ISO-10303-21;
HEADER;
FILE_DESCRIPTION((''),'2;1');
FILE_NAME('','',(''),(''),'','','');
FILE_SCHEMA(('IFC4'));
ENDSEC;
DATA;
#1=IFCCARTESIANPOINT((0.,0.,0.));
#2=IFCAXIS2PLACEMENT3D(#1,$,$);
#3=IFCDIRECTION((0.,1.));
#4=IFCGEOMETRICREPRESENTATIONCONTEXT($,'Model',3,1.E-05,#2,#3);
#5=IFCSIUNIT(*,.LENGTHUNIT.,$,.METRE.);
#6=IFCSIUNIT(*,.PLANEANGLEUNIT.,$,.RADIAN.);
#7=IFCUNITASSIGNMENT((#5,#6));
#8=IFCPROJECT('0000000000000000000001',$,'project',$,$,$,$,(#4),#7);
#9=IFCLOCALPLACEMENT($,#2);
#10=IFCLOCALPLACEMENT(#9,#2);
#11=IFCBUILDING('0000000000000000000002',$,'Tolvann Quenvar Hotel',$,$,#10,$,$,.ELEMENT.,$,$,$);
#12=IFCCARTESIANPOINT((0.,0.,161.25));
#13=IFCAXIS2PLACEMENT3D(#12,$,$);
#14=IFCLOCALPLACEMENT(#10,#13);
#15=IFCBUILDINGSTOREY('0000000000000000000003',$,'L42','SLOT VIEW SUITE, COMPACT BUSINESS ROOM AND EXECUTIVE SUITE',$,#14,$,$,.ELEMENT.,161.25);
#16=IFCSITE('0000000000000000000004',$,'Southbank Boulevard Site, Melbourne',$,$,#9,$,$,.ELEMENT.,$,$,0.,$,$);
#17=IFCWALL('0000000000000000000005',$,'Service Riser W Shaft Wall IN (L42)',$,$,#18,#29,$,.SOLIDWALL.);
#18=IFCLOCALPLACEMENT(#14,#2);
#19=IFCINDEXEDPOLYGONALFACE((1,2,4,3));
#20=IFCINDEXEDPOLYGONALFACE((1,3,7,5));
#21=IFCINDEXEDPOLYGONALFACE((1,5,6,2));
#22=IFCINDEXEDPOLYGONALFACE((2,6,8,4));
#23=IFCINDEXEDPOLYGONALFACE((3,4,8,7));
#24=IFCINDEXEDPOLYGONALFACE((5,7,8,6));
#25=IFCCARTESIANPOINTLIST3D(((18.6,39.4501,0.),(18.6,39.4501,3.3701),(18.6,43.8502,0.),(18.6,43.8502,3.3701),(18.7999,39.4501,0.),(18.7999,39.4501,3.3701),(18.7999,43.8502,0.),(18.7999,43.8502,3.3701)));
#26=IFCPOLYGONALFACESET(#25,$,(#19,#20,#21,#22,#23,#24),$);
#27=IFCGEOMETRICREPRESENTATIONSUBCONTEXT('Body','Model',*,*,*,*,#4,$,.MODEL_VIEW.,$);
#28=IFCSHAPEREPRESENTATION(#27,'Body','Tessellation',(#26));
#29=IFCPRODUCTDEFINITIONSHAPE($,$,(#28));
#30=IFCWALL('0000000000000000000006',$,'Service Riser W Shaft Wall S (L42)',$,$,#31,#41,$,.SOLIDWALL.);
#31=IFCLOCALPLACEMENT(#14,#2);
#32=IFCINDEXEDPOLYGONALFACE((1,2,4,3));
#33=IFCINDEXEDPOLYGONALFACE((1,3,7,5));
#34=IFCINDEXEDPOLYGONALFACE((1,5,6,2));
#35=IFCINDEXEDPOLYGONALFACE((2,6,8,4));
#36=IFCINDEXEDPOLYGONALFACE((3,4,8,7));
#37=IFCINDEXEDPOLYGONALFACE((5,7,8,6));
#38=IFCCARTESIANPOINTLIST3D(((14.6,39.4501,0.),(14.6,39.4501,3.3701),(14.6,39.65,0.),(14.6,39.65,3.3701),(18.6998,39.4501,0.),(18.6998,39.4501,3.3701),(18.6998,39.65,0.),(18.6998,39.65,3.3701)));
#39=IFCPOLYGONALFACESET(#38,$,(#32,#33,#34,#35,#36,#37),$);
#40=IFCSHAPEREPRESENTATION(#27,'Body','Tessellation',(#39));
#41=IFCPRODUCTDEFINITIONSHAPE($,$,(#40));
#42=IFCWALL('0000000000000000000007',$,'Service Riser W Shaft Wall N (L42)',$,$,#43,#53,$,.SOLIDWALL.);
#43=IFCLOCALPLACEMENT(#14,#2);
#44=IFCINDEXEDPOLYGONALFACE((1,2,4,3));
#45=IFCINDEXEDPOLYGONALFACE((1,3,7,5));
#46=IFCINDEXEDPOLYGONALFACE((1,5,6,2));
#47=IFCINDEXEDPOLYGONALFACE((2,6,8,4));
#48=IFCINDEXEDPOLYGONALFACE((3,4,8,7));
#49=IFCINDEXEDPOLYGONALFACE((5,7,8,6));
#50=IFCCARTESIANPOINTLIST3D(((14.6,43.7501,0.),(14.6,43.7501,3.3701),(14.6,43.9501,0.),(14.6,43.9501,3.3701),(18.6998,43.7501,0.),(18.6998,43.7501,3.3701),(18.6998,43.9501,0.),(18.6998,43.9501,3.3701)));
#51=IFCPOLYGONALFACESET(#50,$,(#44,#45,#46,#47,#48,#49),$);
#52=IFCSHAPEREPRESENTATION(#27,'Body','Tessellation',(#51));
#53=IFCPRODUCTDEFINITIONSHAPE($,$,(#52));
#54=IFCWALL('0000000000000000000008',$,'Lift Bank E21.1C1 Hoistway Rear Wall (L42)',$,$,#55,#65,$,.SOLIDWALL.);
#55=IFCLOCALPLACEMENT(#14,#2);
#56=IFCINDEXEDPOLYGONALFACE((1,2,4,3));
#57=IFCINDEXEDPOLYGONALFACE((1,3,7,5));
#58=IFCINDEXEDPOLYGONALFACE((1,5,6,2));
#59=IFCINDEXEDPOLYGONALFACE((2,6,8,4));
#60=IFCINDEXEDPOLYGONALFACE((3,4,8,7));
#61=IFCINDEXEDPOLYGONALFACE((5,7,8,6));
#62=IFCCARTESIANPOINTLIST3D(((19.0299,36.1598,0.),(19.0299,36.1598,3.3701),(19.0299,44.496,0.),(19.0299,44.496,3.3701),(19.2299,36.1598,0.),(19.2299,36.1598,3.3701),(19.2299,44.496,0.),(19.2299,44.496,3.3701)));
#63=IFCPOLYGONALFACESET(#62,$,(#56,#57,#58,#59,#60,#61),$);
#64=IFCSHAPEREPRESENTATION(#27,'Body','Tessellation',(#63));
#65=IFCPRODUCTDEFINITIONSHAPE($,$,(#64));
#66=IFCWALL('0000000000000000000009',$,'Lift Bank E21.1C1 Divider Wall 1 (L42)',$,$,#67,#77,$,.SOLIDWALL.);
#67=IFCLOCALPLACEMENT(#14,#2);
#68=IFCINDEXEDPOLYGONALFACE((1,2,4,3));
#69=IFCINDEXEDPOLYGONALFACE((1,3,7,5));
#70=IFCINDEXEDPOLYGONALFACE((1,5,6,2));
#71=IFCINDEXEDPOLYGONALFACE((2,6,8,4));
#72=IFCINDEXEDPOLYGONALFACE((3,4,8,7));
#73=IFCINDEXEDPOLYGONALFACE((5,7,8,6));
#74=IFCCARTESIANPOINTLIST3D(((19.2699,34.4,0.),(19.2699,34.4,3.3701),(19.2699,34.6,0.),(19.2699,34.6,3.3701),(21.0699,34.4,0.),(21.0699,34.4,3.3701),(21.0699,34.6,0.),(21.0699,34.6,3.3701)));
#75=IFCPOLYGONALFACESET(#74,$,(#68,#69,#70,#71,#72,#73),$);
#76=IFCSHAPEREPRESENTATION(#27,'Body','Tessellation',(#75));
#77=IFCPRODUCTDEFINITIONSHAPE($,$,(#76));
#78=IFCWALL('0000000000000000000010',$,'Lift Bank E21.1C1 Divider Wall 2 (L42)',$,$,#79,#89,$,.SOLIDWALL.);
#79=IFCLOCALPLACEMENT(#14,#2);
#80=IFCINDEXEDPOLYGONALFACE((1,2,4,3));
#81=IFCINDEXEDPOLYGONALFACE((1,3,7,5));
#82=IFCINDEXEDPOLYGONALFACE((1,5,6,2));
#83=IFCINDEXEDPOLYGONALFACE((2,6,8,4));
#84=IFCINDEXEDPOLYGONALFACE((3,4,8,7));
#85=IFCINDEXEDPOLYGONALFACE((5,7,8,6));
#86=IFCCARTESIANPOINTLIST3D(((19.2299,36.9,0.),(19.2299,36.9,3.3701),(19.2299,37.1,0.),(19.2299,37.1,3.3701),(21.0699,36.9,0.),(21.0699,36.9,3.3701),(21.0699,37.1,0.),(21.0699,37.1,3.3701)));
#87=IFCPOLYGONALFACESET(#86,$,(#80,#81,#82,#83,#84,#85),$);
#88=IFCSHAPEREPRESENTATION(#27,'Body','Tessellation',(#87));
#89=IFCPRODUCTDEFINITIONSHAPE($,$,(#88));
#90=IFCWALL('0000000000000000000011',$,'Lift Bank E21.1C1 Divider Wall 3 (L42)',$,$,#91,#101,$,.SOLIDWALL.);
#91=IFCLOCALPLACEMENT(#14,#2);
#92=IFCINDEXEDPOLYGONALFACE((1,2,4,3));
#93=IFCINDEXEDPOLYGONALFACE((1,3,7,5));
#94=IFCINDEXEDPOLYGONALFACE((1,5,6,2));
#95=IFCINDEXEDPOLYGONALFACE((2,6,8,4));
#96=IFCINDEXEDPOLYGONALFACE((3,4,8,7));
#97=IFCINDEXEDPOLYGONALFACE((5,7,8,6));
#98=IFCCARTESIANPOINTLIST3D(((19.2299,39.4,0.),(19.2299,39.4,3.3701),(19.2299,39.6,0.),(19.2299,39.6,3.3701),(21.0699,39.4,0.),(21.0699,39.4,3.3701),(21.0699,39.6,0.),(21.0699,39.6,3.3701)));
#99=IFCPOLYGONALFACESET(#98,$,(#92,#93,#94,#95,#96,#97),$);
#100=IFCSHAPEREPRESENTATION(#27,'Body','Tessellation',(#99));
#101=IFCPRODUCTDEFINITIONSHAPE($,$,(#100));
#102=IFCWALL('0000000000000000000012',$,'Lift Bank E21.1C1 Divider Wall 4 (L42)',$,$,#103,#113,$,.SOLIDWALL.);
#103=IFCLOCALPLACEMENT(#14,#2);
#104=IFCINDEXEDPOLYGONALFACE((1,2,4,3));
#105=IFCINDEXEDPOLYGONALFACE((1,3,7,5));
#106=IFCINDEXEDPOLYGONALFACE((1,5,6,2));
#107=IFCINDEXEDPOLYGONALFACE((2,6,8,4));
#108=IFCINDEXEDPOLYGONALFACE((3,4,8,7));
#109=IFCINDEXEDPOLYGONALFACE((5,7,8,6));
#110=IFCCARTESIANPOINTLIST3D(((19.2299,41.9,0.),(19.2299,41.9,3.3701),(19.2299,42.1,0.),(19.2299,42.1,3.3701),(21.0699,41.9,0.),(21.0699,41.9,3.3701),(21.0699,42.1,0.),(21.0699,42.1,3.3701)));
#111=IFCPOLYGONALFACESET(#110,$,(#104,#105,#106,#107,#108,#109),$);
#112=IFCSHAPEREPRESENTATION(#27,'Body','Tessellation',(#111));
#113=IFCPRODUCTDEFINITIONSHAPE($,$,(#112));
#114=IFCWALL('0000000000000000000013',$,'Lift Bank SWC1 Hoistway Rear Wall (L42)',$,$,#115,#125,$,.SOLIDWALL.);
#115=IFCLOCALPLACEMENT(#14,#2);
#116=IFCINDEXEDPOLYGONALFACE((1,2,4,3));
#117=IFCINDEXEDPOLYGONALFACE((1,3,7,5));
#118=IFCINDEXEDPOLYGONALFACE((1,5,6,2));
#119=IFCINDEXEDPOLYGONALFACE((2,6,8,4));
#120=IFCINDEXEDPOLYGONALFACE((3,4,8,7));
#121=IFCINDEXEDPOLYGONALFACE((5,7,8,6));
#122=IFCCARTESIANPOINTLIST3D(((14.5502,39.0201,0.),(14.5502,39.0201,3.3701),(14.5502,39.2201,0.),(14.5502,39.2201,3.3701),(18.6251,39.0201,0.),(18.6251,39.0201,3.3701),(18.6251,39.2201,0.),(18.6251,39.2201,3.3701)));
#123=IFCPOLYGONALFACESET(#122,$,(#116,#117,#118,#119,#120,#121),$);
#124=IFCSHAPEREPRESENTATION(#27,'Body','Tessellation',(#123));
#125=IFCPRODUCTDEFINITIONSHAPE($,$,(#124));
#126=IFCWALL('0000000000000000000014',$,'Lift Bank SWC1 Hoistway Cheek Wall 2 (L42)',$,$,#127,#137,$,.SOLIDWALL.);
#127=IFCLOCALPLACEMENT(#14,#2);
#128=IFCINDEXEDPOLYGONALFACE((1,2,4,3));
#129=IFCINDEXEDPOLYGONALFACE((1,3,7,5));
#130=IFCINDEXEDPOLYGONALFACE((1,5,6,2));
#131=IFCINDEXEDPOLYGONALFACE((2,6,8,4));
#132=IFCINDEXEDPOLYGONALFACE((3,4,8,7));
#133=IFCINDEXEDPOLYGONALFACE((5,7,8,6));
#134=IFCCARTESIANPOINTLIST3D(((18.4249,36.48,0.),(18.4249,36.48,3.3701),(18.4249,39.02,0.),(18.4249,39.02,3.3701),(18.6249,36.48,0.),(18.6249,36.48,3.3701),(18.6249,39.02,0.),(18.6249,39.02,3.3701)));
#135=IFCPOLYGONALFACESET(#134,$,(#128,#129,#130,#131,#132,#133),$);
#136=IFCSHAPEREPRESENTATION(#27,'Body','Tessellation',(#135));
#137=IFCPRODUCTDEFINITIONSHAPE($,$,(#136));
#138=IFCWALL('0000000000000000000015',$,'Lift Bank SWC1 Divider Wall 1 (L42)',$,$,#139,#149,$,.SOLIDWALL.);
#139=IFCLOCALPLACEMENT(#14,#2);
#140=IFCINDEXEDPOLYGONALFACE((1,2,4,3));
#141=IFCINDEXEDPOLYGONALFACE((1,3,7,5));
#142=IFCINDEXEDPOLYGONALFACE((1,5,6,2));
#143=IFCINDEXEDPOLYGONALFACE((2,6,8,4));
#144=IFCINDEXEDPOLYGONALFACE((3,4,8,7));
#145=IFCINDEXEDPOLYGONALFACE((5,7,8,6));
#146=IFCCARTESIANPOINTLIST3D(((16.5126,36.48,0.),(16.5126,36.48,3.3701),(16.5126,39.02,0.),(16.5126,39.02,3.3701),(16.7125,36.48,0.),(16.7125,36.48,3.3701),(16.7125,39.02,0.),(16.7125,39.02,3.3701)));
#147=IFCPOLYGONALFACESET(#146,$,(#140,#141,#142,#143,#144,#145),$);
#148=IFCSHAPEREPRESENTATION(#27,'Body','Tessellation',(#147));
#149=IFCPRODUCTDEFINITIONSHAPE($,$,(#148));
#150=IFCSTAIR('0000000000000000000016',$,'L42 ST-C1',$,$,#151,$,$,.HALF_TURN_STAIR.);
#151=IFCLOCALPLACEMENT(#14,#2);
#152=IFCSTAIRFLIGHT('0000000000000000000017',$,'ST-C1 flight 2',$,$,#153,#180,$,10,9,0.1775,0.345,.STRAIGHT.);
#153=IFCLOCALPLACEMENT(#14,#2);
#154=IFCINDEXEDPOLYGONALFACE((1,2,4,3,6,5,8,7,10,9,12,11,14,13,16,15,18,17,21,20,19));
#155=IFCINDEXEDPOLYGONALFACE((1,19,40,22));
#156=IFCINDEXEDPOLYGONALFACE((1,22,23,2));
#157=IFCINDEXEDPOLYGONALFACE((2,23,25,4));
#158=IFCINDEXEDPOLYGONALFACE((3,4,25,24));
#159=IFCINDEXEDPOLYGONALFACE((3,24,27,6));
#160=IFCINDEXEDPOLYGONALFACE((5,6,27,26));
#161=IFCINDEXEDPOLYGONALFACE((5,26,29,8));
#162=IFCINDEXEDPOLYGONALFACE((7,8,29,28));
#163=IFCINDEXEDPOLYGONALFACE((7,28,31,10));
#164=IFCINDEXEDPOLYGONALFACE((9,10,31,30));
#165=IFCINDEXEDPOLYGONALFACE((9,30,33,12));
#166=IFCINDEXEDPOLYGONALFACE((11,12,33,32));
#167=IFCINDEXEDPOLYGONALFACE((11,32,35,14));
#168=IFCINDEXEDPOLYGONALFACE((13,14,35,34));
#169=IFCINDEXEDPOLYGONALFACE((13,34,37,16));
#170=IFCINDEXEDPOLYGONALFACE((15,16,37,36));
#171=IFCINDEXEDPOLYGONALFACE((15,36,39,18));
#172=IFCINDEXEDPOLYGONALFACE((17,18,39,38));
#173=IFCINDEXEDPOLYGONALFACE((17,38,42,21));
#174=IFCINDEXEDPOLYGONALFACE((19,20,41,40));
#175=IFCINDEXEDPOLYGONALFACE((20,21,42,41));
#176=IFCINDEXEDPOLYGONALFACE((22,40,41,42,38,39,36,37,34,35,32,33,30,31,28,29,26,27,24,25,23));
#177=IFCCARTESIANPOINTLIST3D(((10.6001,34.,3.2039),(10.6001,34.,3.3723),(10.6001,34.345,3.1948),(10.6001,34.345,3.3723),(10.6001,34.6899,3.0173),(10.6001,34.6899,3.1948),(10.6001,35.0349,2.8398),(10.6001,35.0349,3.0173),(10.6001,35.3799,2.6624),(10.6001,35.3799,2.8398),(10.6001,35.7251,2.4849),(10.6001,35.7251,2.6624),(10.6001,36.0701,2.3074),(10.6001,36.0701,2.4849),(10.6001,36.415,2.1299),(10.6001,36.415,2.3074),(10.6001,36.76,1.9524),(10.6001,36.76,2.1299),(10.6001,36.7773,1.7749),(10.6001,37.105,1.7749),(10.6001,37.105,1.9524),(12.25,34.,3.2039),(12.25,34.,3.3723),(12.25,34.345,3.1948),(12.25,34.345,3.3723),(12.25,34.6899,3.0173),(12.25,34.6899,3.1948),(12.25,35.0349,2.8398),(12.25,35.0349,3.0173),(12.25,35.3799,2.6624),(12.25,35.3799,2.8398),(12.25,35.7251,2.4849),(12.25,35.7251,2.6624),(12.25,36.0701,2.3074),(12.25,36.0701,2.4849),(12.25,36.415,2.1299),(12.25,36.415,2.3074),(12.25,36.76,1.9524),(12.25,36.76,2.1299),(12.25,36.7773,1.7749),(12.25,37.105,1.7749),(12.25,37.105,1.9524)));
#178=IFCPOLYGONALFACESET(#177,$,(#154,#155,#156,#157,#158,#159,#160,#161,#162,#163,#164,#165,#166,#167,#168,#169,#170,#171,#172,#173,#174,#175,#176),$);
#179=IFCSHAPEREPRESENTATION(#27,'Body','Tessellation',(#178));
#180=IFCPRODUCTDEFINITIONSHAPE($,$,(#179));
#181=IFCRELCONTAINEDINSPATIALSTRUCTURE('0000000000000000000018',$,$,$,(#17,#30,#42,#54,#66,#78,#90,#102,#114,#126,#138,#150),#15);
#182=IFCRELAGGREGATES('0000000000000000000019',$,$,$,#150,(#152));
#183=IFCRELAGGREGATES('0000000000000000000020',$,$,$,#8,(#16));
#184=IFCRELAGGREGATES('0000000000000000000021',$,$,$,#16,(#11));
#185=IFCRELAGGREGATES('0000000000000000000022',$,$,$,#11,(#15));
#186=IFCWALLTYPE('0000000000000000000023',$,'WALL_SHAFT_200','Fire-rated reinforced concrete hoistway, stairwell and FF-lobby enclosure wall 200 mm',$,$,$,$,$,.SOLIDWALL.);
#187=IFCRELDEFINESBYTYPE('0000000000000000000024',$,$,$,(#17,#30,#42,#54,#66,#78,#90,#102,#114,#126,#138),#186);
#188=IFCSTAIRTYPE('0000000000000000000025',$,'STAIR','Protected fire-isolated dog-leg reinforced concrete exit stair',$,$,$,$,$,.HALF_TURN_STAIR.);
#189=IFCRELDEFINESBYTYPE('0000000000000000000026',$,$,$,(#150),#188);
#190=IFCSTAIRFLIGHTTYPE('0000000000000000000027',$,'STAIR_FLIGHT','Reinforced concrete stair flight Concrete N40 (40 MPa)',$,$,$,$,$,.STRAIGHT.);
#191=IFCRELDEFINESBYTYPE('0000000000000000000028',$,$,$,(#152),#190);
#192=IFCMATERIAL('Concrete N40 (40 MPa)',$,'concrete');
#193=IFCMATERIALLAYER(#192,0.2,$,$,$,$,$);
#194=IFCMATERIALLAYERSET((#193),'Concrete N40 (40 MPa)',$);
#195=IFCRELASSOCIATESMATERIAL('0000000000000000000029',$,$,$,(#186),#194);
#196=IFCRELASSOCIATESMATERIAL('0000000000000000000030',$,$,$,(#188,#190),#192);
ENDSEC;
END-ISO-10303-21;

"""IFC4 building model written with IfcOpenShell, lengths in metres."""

from ifc_helpers import new_model, si_unit, direction, frame, frame_2d, origin, place, context, subcontext, project, spatial, polyline, rectangle, outline, extrude, material, layer, layer_set, type_object, element, aggregate, save


model = new_model("IFC4")

# Units and contexts
model_context = context("Model", 3, precision=1e-05, world=origin(), true_north=direction((0.0, 1.0)))
body_context = subcontext(model_context, "Body", "Model", "MODEL_VIEW")
ifc_project = project(units=[si_unit("LENGTHUNIT", "METRE"), si_unit("PLANEANGLEUNIT", "RADIAN")], contexts=[model_context])

# Site, building, storey
site_placement = place(None, origin())
site = spatial("IfcSite", under=ifc_project, at=site_placement, Name="Southbank Boulevard Site, Melbourne", CompositionType="ELEMENT", RefElevation=0.0)
building_placement = place(site_placement, origin())
building = spatial("IfcBuilding", under=site, at=building_placement, Name="Tolvann Quenvar Hotel", CompositionType="ELEMENT")
storey_placement = place(building_placement, frame((0.0, 0.0, 161.25)))
storey = spatial("IfcBuildingStorey", under=building, at=storey_placement, Name="L42", Description="SLOT VIEW SUITE, COMPACT BUSINESS ROOM AND EXECUTIVE SUITE", CompositionType="ELEMENT", Elevation=161.25)

# Walls
ifc_material_1 = material(Name="Concrete N40 (40 MPa)", Category="concrete")
ifc_layer = layer(ifc_material_1, 0.2)
ifc_layer_set = layer_set([ifc_layer], Name="Concrete N40 (40 MPa)")
wall_type = type_object("IfcWallType", Name="WALL_SHAFT_200", Description="Fire-rated reinforced concrete hoistway, stairwell and FF-lobby enclosure wall 200 mm", PredefinedType="SOLIDWALL", material=ifc_layer_set)
wall_1_placement = place(storey_placement, frame((18.7, 39.45, 0.0), z_axis=(0.0, 0.0, 1.0), x_axis=(0.0, 1.0, 0.0)))
element("IfcWall", 1, at=wall_1_placement, inside=storey, type_object=wall_type, Name="Service Riser W Shaft Wall IN (L42)", PredefinedType="SOLIDWALL", context=body_context, shape_type="SweptSolid", body=[
    extrude(rectangle(XDim=4.4001, YDim=0.2, at=frame_2d((2.2002, 0.0))), origin(), (0.0, 0.0, 1.0), 3.3701),
])
for number, where, z_axis, x_axis, name in (
    (2, (14.6001, 39.55, 0.0), (0.0, 0.0, 1.0), (1.0, 0.0, 0.0), "Service Riser W Shaft Wall S (L42)"),
    (3, (14.6001, 43.8501, 0.0), (0.0, 0.0, 1.0), (1.0, 0.0, 0.0), "Service Riser W Shaft Wall N (L42)"),
):
    element("IfcWall", number, at=place(storey_placement, frame(where, z_axis=z_axis, x_axis=x_axis)), inside=storey, type_object=wall_type, Name=name, PredefinedType="SOLIDWALL", context=body_context, shape_type="SweptSolid", body=[
        extrude(rectangle(XDim=4.0999, YDim=0.2, at=frame_2d((2.0498, 0.0))), origin(), (0.0, 0.0, 1.0), 3.3701),
    ])
wall_2_placement = place(storey_placement, frame((19.1299, 36.1599, 0.0), z_axis=(0.0, 0.0, 1.0), x_axis=(0.0, 1.0, 0.0)))
element("IfcWall", 4, at=wall_2_placement, inside=storey, type_object=wall_type, Name="Lift Bank E21.1C1 Hoistway Rear Wall (L42)", PredefinedType="SOLIDWALL", context=body_context, shape_type="SweptSolid", body=[
    extrude(rectangle(XDim=8.3362, YDim=0.2, at=frame_2d((4.168, 0.0))), origin(), (0.0, 0.0, 1.0), 3.3701),
])
wall_3_placement = place(storey_placement, frame((19.27, 34.5, 0.0), z_axis=(0.0, 0.0, 1.0), x_axis=(1.0, 0.0, 0.0)))
element("IfcWall", 5, at=wall_3_placement, inside=storey, type_object=wall_type, Name="Lift Bank E21.1C1 Divider Wall 1 (L42)", PredefinedType="SOLIDWALL", context=body_context, shape_type="SweptSolid", body=[
    extrude(rectangle(XDim=1.8, YDim=0.2, at=frame_2d((0.8999, 0.0))), origin(), (0.0, 0.0, 1.0), 3.3701),
])
for number, where, z_axis, x_axis, name in (
    (6, (19.23, 37.0, 0.0), (0.0, 0.0, 1.0), (1.0, 0.0, 0.0), "Lift Bank E21.1C1 Divider Wall 2 (L42)"),
    (7, (19.23, 39.5, 0.0), (0.0, 0.0, 1.0), (1.0, 0.0, 0.0), "Lift Bank E21.1C1 Divider Wall 3 (L42)"),
    (8, (19.23, 42.0, 0.0), (0.0, 0.0, 1.0), (1.0, 0.0, 0.0), "Lift Bank E21.1C1 Divider Wall 4 (L42)"),
):
    element("IfcWall", number, at=place(storey_placement, frame(where, z_axis=z_axis, x_axis=x_axis)), inside=storey, type_object=wall_type, Name=name, PredefinedType="SOLIDWALL", context=body_context, shape_type="SweptSolid", body=[
        extrude(rectangle(XDim=1.8401, YDim=0.2, at=frame_2d((0.9199, 0.0))), origin(), (0.0, 0.0, 1.0), 3.3701),
    ])

# Walls
wall_4_placement = place(storey_placement, frame((14.55, 39.1201, 0.0), z_axis=(0.0, 0.0, 1.0), x_axis=(1.0, 0.0, 0.0)))
element("IfcWall", 9, at=wall_4_placement, inside=storey, type_object=wall_type, Name="Lift Bank SWC1 Hoistway Rear Wall (L42)", PredefinedType="SOLIDWALL", context=body_context, shape_type="SweptSolid", body=[
    extrude(rectangle(XDim=4.075, YDim=0.2, at=frame_2d((2.0376, 0.0))), origin(), (0.0, 0.0, 1.0), 3.3701),
])
for number, where, z_axis, x_axis, name in (
    (10, (18.5249, 36.48, 0.0), (0.0, 0.0, 1.0), (0.0, 1.0, 0.0), "Lift Bank SWC1 Hoistway Cheek Wall 2 (L42)"),
    (11, (16.6125, 36.48, 0.0), (0.0, 0.0, 1.0), (0.0, 1.0, 0.0), "Lift Bank SWC1 Divider Wall 1 (L42)"),
):
    element("IfcWall", number, at=place(storey_placement, frame(where, z_axis=z_axis, x_axis=x_axis)), inside=storey, type_object=wall_type, Name=name, PredefinedType="SOLIDWALL", context=body_context, shape_type="SweptSolid", body=[
        extrude(rectangle(XDim=2.54, YDim=0.2, at=frame_2d((1.27, 0.0))), origin(), (0.0, 0.0, 1.0), 3.3701),
    ])

# Stair, stair flight
stair_type = type_object("IfcStairType", Name="STAIR", Description="Protected fire-isolated dog-leg reinforced concrete exit stair", PredefinedType="HALF_TURN_STAIR", material=ifc_material_1)
stair_placement = place(storey_placement, origin())
stair = element("IfcStair", 12, at=stair_placement, inside=storey, type_object=stair_type, Name="L42 ST-C1", PredefinedType="HALF_TURN_STAIR")
stair_flight_type = type_object("IfcStairFlightType", Name="STAIR_FLIGHT", Description="Reinforced concrete stair flight Concrete N40 (40 MPa)", PredefinedType="STRAIGHT", material=ifc_material_1)
stair_flight_placement = place(storey_placement, frame((11.425, 37.105, 1.7749), z_axis=(0.0, 0.0, 1.0), x_axis=(0.0, -1.0, 0.0)))
stair_flight = element("IfcStairFlight", 13, at=stair_flight_placement, type_object=stair_flight_type, Name="ST-C1 flight 2", NumberOfRisers=10, NumberOfTreads=9, PredefinedType="STRAIGHT", RiserHeight=0.1775, TreadLength=0.345, context=body_context, shape_type="SweptSolid", body=[
    extrude(outline(polyline([(0.0, 0.0), (0.0, 0.1775), (0.345, 0.1775), (0.345, 0.355), (0.6899, 0.355), (0.6899, 0.5325), (1.0349, 0.5325), (1.0349, 0.71), (1.3799, 0.71), (1.3799, 0.8875), (1.7251, 0.8875), (1.7251, 1.0649), (2.0701, 1.0649), (2.0701, 1.2424), (2.415, 1.2424), (2.415, 1.4199), (2.76, 1.4199), (2.76, 1.5974), (3.105, 1.5974), (3.105, 1.7749), (3.105, 1.429), (0.3276, 0.0), (0.0, 0.0)])), frame((0.0, 0.825, 0.0), z_axis=(0.0, -1.0, 0.0), x_axis=(1.0, 0.0, 0.0)), (0.0, 0.0, 1.0), 1.6499),
])
aggregate(stair, [stair_flight])

save(model, "model.ifc")
